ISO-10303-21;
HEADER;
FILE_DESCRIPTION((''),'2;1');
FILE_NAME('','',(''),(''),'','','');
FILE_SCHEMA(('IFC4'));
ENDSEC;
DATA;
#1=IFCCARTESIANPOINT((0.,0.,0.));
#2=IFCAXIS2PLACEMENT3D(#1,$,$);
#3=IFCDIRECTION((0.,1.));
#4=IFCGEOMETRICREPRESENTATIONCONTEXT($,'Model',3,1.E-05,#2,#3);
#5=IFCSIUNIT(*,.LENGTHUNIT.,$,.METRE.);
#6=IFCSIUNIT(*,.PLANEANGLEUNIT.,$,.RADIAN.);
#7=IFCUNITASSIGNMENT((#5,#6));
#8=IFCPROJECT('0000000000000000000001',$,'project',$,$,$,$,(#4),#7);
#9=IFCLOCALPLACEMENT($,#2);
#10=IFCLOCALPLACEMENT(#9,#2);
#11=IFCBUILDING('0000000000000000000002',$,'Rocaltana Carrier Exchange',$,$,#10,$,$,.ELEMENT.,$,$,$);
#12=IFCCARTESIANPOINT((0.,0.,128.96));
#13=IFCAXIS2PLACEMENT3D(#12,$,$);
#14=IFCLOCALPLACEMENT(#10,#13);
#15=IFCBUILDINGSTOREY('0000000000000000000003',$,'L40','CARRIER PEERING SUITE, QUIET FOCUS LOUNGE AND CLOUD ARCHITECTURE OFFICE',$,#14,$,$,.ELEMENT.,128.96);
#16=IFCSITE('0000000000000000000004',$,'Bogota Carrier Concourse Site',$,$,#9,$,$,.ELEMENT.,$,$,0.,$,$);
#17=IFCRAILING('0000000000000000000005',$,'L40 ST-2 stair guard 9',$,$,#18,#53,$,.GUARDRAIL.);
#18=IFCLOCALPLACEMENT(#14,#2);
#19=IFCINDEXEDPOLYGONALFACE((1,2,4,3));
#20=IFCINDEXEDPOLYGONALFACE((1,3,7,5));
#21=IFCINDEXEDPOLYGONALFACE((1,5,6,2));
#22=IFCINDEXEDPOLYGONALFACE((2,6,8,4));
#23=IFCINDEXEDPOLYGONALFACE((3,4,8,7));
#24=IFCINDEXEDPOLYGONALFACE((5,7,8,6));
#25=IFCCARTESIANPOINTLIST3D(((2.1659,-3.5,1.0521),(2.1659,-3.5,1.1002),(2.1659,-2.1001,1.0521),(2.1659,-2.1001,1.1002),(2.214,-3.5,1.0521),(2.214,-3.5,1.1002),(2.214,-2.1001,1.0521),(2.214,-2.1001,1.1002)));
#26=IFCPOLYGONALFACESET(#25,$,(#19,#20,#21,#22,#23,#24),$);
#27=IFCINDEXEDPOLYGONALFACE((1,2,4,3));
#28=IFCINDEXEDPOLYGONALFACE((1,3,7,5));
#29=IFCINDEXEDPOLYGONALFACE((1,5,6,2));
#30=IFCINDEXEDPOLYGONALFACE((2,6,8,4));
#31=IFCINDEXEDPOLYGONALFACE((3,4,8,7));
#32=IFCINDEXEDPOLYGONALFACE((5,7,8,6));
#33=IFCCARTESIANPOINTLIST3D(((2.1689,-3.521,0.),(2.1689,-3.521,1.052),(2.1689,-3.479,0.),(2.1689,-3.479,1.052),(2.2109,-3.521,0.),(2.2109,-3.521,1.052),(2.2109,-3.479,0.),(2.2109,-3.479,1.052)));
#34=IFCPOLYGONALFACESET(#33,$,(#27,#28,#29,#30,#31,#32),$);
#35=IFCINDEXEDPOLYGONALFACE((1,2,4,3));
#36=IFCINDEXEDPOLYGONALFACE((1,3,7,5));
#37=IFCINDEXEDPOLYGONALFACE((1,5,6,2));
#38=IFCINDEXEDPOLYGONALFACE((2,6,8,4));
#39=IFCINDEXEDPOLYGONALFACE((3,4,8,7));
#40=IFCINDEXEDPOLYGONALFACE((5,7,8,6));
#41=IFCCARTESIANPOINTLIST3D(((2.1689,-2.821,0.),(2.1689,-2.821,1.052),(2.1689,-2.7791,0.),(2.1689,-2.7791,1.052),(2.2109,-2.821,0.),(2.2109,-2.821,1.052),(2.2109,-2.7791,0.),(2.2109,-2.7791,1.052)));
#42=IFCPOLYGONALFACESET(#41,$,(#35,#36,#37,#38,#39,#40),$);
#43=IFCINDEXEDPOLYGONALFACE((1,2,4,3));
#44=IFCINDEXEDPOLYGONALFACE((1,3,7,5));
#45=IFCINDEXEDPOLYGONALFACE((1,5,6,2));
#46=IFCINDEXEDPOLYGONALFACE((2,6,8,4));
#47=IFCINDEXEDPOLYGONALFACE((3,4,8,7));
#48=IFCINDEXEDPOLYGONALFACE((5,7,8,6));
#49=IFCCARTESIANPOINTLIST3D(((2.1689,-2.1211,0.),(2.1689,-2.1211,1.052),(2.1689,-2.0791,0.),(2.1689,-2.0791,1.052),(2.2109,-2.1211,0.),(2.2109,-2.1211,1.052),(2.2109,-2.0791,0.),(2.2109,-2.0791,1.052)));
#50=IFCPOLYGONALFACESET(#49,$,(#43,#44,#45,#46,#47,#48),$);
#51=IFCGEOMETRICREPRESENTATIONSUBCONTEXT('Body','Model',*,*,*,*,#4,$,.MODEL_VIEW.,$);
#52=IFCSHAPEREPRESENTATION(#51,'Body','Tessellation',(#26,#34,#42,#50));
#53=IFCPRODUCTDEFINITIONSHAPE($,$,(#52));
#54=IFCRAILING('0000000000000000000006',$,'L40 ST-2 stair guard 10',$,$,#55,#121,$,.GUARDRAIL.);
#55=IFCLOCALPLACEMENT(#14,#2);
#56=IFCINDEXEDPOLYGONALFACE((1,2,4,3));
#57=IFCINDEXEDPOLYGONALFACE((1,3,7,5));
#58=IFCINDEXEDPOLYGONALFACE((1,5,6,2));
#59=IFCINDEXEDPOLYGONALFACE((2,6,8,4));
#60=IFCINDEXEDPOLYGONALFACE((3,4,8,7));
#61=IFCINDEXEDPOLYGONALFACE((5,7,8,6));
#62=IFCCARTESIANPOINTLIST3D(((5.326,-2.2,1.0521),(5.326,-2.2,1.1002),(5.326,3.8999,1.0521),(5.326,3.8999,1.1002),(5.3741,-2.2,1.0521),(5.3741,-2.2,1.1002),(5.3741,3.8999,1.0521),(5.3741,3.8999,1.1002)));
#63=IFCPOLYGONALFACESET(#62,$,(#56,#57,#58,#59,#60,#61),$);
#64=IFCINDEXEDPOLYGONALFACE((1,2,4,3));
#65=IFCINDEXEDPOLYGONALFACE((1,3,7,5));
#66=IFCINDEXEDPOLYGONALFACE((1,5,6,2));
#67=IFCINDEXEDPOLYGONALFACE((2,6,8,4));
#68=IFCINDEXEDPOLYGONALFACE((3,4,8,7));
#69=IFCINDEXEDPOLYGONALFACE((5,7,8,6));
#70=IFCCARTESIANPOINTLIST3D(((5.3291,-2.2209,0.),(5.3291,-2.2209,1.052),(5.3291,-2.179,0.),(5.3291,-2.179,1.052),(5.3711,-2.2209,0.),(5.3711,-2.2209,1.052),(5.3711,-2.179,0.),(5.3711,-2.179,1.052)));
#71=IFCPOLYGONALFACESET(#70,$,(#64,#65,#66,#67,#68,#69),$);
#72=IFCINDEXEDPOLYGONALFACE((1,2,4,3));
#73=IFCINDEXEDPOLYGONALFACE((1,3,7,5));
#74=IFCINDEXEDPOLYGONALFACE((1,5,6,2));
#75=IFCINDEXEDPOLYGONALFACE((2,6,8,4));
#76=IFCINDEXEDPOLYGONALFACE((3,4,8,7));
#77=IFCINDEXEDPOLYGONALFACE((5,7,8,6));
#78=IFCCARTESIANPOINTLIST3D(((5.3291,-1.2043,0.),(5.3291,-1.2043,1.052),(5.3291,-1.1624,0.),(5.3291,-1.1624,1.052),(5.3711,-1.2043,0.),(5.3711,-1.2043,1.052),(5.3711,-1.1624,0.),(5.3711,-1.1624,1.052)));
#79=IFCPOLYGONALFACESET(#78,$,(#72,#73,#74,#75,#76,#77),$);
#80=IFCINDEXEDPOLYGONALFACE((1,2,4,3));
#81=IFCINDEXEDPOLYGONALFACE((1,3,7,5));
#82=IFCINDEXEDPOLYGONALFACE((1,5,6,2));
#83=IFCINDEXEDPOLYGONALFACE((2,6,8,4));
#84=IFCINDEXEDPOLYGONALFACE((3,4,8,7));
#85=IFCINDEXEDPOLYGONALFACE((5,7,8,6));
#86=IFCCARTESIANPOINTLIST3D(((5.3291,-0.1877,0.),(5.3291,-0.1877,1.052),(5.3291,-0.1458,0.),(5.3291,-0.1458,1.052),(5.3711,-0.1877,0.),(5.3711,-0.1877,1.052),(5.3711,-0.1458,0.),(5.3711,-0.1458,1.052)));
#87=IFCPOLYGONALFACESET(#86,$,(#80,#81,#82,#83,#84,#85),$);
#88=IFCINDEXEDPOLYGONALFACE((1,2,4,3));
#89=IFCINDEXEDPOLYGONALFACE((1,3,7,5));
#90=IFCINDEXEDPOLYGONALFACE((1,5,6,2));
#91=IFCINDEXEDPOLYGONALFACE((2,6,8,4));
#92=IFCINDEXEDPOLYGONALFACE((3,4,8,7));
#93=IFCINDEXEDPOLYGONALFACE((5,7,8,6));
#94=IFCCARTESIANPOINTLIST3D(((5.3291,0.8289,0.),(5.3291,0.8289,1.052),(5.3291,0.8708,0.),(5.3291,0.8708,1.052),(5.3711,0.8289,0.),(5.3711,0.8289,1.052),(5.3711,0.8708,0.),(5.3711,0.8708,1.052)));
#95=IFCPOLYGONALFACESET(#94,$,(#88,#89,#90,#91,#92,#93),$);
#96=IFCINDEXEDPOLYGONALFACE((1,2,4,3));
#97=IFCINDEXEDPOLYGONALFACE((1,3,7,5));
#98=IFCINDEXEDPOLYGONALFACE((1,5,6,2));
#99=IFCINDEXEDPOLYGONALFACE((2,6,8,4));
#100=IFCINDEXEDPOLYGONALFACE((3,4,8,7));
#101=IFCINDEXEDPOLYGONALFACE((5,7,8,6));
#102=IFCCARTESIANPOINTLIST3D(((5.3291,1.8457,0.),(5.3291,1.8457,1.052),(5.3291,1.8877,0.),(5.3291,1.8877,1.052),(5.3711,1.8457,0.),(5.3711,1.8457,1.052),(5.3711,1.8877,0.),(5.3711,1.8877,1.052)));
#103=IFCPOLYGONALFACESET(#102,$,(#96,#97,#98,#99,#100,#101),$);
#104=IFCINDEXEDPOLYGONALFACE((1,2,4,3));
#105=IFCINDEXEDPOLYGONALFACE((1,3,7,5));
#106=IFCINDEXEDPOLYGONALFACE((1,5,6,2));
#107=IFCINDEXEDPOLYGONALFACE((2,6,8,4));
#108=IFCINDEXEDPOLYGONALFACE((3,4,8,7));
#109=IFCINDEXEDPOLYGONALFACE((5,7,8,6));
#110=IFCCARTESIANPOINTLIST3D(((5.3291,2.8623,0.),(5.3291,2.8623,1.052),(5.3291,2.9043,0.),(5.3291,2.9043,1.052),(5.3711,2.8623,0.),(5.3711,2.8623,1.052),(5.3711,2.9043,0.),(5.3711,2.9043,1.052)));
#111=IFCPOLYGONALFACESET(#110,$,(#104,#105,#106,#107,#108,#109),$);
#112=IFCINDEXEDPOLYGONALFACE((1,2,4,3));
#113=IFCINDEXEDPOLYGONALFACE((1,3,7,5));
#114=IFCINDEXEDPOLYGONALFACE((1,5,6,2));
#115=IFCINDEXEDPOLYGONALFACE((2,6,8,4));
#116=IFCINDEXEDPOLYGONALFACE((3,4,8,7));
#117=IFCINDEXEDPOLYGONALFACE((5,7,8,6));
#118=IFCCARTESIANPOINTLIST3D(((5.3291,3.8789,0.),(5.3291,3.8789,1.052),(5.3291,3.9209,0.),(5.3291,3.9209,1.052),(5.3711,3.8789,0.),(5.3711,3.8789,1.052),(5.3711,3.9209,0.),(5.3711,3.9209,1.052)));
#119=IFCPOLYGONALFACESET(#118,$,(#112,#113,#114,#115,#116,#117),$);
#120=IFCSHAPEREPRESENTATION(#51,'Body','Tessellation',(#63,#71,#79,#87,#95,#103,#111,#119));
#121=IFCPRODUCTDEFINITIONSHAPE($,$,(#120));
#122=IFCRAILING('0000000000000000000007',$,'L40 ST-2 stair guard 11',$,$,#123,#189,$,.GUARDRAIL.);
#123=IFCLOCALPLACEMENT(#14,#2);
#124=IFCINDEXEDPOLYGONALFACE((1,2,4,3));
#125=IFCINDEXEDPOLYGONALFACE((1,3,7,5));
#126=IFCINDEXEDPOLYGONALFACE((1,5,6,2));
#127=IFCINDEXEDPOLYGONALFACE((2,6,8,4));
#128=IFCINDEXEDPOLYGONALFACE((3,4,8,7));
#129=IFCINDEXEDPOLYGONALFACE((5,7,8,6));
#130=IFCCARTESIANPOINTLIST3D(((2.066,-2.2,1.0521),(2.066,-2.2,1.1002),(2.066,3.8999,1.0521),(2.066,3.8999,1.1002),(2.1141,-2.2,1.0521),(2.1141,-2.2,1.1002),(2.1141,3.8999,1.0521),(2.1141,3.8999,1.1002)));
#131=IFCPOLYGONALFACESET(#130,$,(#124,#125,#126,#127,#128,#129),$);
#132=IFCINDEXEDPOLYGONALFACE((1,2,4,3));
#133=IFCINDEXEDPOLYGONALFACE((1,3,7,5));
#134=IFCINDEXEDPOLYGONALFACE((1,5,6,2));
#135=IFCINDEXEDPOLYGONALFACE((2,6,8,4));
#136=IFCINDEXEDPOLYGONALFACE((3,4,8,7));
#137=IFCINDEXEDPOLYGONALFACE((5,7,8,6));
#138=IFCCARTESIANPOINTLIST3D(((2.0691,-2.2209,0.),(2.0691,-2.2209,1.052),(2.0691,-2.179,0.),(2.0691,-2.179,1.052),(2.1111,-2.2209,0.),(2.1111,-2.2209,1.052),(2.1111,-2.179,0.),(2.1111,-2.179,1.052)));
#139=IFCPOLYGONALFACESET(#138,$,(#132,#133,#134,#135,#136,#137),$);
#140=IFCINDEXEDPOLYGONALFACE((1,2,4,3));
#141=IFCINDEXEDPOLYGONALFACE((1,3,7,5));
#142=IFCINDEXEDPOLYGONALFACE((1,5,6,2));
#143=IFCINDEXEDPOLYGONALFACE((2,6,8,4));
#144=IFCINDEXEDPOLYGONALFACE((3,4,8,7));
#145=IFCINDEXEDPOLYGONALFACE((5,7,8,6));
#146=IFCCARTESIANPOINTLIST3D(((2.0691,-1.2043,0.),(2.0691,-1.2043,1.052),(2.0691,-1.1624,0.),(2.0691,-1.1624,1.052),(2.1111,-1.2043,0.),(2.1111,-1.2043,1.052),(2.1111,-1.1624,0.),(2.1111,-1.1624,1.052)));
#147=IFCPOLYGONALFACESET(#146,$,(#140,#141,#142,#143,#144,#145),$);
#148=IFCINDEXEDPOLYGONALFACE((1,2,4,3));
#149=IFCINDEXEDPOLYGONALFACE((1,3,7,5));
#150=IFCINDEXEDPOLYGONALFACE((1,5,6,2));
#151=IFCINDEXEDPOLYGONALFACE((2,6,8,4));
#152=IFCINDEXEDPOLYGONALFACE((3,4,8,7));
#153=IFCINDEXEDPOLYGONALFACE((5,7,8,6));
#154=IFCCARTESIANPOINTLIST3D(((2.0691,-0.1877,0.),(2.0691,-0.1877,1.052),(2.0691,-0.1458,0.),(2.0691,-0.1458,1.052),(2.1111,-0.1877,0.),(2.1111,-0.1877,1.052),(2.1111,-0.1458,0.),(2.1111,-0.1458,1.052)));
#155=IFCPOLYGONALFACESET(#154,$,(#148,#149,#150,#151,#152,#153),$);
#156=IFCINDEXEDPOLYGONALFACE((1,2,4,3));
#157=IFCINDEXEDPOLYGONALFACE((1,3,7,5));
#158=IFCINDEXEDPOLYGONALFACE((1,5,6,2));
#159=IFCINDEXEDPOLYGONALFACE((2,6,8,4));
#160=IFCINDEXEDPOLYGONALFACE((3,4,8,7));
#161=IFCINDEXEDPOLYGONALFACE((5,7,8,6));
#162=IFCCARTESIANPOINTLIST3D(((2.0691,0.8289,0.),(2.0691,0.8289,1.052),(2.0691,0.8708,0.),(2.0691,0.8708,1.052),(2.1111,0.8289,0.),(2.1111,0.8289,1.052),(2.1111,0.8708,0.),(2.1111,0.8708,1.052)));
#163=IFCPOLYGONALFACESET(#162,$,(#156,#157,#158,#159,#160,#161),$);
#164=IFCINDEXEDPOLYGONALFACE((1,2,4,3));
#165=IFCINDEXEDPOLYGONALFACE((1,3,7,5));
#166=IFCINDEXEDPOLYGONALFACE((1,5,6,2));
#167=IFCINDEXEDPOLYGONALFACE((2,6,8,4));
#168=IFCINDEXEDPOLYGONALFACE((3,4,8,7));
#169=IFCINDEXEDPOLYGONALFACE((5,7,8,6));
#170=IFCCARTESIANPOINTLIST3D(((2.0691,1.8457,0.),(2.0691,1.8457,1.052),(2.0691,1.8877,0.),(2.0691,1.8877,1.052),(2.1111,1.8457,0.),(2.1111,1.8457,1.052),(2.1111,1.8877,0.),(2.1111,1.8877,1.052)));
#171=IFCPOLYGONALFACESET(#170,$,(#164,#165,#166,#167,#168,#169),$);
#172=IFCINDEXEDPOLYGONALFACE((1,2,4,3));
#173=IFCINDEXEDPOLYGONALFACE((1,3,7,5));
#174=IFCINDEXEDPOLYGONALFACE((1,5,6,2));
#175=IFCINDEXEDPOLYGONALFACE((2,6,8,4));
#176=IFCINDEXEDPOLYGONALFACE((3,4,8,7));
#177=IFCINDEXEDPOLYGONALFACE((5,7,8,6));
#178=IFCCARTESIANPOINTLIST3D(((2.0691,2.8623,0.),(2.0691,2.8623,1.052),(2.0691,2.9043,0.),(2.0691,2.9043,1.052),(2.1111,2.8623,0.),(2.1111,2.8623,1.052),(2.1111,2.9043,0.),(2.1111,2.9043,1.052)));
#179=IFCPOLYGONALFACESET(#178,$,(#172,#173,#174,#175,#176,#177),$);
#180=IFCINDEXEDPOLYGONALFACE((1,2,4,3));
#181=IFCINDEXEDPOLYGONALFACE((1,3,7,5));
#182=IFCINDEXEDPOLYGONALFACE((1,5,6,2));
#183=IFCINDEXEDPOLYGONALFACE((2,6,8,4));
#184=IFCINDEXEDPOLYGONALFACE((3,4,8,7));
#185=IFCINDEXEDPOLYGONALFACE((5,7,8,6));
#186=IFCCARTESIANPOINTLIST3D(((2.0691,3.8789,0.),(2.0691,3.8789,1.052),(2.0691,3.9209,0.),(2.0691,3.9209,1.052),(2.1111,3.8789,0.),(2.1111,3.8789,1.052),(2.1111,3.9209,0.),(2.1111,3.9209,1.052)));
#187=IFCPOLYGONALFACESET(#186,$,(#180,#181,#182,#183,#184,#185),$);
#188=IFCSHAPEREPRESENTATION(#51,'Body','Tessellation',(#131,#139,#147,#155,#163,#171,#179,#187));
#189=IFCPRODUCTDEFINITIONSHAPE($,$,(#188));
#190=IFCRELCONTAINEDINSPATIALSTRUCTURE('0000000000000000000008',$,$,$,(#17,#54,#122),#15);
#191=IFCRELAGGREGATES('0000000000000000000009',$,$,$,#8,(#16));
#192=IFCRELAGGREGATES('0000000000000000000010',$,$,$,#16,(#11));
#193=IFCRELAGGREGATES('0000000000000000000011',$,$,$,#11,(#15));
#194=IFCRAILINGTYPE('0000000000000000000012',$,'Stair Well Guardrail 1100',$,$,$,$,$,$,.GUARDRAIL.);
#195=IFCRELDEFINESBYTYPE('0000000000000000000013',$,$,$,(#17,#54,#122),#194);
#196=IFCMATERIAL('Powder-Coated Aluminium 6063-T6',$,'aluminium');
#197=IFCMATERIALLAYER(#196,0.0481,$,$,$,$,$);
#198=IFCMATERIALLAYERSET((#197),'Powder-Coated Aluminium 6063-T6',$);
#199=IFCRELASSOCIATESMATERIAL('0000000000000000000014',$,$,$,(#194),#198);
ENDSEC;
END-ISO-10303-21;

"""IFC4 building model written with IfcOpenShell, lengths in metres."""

from ifc_helpers import new_model, si_unit, direction, frame, origin, origin_2d, place, context, subcontext, project, spatial, rectangle, extrude, material, layer, layer_set, type_object, element, save


model = new_model("IFC4")

# Units and contexts
model_context = context("Model", 3, precision=1e-05, world=origin(), true_north=direction((0.0, 1.0)))
body_context = subcontext(model_context, "Body", "Model", "MODEL_VIEW")
ifc_project = project(units=[si_unit("LENGTHUNIT", "METRE"), si_unit("PLANEANGLEUNIT", "RADIAN")], contexts=[model_context])

# Site, building, storey
site_placement = place(None, origin())
site = spatial("IfcSite", under=ifc_project, at=site_placement, Name="Bogota Carrier Concourse Site", CompositionType="ELEMENT", RefElevation=0.0)
building_placement = place(site_placement, origin())
building = spatial("IfcBuilding", under=site, at=building_placement, Name="Rocaltana Carrier Exchange", CompositionType="ELEMENT")
storey_placement = place(building_placement, frame((0.0, 0.0, 128.96)))
storey = spatial("IfcBuildingStorey", under=building, at=storey_placement, Name="L40", Description="CARRIER PEERING SUITE, QUIET FOCUS LOUNGE AND CLOUD ARCHITECTURE OFFICE", CompositionType="ELEMENT", Elevation=128.96)

# Railings
ifc_material_1 = material(Name="Powder-Coated Aluminium 6063-T6", Category="aluminium")
ifc_layer_1 = layer(ifc_material_1, 0.0481)
ifc_layer_set_1 = layer_set([ifc_layer_1], Name="Powder-Coated Aluminium 6063-T6")
railing_type_1 = type_object("IfcRailingType", Name="Stair Well Guardrail 1100", PredefinedType="GUARDRAIL", material=ifc_layer_set_1)
for number, where, name in (
    (1, (2.1899, -3.5, 0.0), "L40 ST-2 stair guard 9"),
):
    element("IfcRailing", number, at=place(storey_placement, frame(where)), inside=storey, type_object=railing_type_1, Name=name, PredefinedType="GUARDRAIL", context=body_context, shape_type="SweptSolid", body=[
        extrude(rectangle(XDim=0.0481, YDim=0.0481, at=origin_2d()), frame((0.0, 0.0, 1.0762), z_axis=(0.0, 1.0, 0.0), x_axis=(-1.0, 0.0, 0.0)), (0.0, 0.0, 1.0), 1.3999),
        extrude(rectangle(XDim=0.042, YDim=0.042, at=origin_2d()), origin(), (0.0, 0.0, 1.0), 1.052),
        extrude(rectangle(XDim=0.042, YDim=0.042, at=origin_2d()), frame((0.0, 0.7, 0.0)), (0.0, 0.0, 1.0), 1.052),
        extrude(rectangle(XDim=0.042, YDim=0.042, at=origin_2d()), frame((0.0, 1.3999, 0.0)), (0.0, 0.0, 1.0), 1.052),
    ])
for number, where, name in (
    (2, (5.3501, -2.2, 0.0), "L40 ST-2 stair guard 10"),
    (3, (2.0901, -2.2, 0.0), "L40 ST-2 stair guard 11"),
):
    element("IfcRailing", number, at=place(storey_placement, frame(where)), inside=storey, type_object=railing_type_1, Name=name, PredefinedType="GUARDRAIL", context=body_context, shape_type="SweptSolid", body=[
        extrude(rectangle(XDim=0.0481, YDim=0.0481, at=origin_2d()), frame((0.0, 0.0, 1.0762), z_axis=(0.0, 1.0, 0.0), x_axis=(-1.0, 0.0, 0.0)), (0.0, 0.0, 1.0), 6.0999),
        extrude(rectangle(XDim=0.042, YDim=0.042, at=origin_2d()), origin(), (0.0, 0.0, 1.0), 1.052),
        extrude(rectangle(XDim=0.042, YDim=0.042, at=origin_2d()), frame((0.0, 1.0166, 0.0)), (0.0, 0.0, 1.0), 1.052),
        extrude(rectangle(XDim=0.042, YDim=0.042, at=origin_2d()), frame((0.0, 2.0332, 0.0)), (0.0, 0.0, 1.0), 1.052),
        extrude(rectangle(XDim=0.042, YDim=0.042, at=origin_2d()), frame((0.0, 3.0498, 0.0)), (0.0, 0.0, 1.0), 1.052),
        extrude(rectangle(XDim=0.042, YDim=0.042, at=origin_2d()), frame((0.0, 4.0667, 0.0)), (0.0, 0.0, 1.0), 1.052),
        extrude(rectangle(XDim=0.042, YDim=0.042, at=origin_2d()), frame((0.0, 5.0833, 0.0)), (0.0, 0.0, 1.0), 1.052),
        extrude(rectangle(XDim=0.042, YDim=0.042, at=origin_2d()), frame((0.0, 6.0999, 0.0)), (0.0, 0.0, 1.0), 1.052),
    ])

save(model, "model.ifc")
